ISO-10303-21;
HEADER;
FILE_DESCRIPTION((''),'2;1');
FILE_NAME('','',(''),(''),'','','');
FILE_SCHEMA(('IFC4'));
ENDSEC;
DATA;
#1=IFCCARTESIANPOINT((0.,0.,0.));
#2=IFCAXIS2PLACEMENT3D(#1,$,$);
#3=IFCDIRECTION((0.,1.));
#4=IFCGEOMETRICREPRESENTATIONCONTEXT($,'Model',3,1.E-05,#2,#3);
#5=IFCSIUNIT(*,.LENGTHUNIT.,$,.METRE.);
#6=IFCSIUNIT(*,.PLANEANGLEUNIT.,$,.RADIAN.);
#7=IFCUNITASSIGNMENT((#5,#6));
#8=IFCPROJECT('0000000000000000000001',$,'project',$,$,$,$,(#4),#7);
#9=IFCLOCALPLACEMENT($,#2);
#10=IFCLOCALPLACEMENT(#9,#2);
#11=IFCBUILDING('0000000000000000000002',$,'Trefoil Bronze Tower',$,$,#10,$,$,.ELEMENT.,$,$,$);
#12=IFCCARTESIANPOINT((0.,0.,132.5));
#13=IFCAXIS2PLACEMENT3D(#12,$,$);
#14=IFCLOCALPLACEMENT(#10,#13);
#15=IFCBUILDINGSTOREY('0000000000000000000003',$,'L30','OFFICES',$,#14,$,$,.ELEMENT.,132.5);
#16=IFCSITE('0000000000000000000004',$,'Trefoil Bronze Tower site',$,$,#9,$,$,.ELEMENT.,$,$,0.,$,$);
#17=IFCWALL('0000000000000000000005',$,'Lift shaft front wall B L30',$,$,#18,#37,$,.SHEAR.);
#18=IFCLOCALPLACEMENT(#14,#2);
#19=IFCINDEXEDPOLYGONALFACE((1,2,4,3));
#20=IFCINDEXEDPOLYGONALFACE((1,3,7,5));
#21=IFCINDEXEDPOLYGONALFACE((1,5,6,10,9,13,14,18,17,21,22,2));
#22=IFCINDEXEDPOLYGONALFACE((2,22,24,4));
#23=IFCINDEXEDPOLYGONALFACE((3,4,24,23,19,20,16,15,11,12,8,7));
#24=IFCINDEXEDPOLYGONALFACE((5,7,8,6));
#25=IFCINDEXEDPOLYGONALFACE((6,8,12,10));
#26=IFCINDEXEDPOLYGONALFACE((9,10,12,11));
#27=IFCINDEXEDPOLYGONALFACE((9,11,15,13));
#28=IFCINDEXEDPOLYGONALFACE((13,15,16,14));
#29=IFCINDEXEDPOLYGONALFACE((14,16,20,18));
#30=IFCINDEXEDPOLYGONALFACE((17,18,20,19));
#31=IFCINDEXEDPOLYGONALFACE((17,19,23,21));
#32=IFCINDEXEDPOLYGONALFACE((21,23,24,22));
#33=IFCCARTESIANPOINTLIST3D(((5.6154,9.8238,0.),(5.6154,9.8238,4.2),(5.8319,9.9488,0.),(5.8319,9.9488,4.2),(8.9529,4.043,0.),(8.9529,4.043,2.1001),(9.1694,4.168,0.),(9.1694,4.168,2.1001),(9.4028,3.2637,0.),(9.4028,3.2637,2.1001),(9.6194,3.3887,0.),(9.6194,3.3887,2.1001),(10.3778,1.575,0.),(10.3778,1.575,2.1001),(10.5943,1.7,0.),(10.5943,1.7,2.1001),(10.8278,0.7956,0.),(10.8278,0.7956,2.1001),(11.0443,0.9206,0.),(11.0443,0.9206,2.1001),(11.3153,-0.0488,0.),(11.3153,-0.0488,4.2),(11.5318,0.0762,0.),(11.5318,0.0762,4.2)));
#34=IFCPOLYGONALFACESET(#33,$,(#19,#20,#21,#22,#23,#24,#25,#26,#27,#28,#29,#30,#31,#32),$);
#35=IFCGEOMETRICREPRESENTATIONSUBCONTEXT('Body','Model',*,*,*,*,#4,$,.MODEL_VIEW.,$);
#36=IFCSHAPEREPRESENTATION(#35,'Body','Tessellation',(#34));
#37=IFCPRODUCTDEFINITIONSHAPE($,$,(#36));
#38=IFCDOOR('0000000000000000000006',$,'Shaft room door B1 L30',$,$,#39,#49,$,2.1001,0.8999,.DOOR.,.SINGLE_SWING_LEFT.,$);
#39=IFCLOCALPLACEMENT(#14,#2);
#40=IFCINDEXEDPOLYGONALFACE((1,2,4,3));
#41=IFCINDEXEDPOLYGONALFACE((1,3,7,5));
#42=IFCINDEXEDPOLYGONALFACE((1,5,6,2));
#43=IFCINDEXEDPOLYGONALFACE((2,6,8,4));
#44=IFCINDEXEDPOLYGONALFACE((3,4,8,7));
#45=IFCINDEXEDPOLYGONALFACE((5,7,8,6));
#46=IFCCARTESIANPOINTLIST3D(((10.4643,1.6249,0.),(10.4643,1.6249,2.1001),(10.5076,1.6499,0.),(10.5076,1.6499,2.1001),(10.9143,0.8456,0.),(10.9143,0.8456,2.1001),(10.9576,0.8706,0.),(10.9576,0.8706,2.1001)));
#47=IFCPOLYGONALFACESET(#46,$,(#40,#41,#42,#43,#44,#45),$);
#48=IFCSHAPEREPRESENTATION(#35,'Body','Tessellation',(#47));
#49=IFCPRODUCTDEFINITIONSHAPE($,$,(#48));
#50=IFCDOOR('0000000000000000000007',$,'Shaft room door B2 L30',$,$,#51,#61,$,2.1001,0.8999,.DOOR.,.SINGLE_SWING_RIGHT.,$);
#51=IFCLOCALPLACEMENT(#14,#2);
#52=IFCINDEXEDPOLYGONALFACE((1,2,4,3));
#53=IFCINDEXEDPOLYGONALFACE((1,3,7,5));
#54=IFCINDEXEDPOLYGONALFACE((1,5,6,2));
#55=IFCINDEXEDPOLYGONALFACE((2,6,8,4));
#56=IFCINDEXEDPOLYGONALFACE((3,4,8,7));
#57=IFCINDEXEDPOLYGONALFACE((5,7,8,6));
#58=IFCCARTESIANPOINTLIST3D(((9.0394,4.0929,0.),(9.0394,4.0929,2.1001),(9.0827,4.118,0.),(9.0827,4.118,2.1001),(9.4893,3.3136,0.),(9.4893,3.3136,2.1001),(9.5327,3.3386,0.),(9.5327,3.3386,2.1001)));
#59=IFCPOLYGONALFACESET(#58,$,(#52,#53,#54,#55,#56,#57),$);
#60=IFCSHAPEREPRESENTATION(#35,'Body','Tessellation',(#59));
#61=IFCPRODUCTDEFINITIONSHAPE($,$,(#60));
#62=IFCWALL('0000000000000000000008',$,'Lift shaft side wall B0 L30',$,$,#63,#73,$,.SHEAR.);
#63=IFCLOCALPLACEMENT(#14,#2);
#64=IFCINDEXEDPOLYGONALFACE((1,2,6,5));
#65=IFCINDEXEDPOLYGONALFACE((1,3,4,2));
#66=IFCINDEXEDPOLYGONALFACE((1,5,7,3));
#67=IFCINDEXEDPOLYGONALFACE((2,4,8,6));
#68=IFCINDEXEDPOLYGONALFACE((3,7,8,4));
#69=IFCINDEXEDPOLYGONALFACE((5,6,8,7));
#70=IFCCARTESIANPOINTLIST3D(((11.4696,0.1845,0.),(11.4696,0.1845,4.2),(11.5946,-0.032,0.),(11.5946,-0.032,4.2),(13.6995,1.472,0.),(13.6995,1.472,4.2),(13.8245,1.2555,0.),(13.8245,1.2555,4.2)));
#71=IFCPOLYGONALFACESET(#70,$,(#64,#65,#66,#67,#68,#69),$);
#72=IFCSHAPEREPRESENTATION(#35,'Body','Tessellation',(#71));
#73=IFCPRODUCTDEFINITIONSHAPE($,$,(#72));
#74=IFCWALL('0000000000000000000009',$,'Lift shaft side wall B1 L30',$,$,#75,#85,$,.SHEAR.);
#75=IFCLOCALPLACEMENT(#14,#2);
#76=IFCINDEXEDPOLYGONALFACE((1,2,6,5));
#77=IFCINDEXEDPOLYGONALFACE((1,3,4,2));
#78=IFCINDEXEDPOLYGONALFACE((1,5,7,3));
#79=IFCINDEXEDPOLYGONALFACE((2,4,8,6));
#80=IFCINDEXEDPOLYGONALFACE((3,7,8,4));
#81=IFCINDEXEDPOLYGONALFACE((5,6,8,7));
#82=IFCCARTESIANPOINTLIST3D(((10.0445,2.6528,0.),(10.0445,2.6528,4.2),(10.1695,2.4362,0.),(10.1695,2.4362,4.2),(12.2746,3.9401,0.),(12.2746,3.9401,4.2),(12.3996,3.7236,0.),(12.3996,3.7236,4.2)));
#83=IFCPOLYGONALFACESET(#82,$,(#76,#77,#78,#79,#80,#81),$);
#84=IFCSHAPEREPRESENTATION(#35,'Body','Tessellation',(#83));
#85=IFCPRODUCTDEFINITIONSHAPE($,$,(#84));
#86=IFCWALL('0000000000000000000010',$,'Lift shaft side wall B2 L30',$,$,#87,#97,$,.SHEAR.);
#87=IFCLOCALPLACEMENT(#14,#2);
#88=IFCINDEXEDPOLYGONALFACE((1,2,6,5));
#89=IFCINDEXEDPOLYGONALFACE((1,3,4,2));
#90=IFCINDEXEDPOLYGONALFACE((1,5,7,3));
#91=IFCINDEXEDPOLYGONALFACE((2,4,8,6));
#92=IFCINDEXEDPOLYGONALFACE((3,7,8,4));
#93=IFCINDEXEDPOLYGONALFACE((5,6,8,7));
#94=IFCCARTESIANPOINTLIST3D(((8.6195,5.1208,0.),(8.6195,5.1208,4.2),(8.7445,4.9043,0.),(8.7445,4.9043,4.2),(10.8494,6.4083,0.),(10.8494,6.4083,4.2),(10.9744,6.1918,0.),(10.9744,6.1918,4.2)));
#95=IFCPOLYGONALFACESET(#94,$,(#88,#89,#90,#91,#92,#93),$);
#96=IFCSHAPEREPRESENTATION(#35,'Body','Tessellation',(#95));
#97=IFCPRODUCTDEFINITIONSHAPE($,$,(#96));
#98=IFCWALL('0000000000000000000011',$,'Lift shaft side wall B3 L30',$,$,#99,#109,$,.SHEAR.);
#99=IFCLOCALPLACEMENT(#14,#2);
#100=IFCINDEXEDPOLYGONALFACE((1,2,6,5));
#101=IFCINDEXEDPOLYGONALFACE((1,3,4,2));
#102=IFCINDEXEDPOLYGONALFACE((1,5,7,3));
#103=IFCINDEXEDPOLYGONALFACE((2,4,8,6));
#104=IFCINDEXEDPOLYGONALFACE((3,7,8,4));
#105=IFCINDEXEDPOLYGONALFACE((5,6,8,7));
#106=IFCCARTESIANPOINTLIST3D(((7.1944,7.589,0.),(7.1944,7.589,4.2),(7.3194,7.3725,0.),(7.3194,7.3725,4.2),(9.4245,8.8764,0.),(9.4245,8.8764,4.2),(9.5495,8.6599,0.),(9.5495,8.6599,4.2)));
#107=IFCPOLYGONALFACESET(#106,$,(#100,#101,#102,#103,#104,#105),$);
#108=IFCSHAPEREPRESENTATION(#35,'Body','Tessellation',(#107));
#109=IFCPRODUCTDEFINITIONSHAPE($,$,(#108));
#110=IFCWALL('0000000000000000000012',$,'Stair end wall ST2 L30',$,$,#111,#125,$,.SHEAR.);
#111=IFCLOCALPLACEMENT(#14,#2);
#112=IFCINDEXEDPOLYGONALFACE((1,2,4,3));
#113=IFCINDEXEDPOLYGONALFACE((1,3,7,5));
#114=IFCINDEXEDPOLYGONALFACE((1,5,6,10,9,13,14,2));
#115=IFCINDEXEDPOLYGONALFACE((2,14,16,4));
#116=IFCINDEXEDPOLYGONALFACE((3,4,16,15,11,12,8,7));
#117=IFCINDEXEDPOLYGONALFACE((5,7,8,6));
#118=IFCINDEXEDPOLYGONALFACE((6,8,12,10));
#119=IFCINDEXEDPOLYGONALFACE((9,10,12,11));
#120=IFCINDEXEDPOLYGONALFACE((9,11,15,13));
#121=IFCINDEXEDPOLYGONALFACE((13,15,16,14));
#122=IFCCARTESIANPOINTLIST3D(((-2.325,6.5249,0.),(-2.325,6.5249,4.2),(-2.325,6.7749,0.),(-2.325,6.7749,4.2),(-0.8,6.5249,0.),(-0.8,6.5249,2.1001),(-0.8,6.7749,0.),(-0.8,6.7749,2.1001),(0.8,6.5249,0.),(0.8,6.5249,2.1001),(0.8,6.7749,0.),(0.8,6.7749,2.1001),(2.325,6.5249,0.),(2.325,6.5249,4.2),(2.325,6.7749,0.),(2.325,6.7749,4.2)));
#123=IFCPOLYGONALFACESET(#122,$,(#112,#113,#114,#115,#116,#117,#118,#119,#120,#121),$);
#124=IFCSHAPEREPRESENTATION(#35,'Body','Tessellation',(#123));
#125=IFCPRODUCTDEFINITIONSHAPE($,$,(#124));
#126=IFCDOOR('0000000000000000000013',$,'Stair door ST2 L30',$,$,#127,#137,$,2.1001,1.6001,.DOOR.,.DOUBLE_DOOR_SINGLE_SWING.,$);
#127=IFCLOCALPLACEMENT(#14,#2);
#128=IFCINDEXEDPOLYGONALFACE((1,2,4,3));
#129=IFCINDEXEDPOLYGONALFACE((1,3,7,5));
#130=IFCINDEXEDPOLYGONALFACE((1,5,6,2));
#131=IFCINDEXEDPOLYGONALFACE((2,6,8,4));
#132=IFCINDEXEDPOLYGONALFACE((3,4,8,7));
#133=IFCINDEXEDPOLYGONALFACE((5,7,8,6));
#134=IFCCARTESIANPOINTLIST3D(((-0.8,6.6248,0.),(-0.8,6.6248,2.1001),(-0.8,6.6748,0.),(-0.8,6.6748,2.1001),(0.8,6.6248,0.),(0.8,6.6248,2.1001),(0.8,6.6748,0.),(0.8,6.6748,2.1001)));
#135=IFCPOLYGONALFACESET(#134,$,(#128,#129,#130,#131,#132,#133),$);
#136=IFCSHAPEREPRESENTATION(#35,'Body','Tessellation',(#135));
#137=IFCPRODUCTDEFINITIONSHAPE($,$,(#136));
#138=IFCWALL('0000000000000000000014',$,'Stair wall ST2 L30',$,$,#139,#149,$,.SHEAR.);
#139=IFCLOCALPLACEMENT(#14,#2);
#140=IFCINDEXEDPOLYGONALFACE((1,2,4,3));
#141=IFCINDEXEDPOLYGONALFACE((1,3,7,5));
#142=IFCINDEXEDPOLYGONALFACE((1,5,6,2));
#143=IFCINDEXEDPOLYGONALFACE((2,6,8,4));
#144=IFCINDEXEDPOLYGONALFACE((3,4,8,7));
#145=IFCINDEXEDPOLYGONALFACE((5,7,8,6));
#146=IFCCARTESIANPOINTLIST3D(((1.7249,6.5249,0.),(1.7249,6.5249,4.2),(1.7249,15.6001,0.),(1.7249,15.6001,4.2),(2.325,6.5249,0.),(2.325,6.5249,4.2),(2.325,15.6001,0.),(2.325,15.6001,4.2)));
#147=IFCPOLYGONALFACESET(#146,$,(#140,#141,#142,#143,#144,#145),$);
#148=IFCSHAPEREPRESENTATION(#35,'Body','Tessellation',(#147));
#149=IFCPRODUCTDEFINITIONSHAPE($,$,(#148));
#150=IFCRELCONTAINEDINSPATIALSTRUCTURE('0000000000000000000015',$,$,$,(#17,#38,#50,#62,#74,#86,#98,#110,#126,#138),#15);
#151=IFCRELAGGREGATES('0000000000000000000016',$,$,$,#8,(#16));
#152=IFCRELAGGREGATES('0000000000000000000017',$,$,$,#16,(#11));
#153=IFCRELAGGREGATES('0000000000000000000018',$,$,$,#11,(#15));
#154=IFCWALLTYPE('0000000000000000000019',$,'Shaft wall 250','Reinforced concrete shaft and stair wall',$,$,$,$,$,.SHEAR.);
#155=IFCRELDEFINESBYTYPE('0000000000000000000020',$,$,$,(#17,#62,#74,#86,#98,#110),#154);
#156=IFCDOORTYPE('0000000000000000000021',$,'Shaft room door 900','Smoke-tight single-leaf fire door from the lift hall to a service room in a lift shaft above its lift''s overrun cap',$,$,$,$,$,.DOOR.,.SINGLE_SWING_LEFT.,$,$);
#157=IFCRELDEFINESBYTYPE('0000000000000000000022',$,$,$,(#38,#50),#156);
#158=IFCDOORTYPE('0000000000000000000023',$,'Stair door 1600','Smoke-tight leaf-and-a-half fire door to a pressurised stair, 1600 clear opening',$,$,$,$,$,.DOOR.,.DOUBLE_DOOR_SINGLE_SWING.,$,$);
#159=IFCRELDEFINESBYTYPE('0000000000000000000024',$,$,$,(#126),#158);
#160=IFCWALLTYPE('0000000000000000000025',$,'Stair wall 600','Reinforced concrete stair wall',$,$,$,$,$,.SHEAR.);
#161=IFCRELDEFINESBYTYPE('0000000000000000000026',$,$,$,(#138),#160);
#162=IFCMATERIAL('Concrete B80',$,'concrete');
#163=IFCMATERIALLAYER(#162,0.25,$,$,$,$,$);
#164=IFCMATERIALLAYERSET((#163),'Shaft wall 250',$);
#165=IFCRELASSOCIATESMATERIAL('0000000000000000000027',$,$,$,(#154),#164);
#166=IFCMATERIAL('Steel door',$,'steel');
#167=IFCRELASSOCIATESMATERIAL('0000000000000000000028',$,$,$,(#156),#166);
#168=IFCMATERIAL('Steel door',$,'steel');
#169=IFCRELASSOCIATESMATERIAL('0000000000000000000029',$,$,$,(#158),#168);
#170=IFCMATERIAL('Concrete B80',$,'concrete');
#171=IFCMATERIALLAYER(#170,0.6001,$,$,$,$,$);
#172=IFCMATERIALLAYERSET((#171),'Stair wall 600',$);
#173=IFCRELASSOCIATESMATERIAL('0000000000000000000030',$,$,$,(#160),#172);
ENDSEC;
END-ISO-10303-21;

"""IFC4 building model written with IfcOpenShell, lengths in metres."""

from ifc_helpers import new_model, si_unit, direction, frame, frame_2d, origin, place, context, subcontext, project, spatial, rectangle, extrude, material, layer, layer_set, type_object, element, fill, save


model = new_model("IFC4")

# Units and contexts
model_context = context("Model", 3, precision=1e-05, world=origin(), true_north=direction((0.0, 1.0)))
body_context = subcontext(model_context, "Body", "Model", "MODEL_VIEW")
ifc_project = project(units=[si_unit("LENGTHUNIT", "METRE"), si_unit("PLANEANGLEUNIT", "RADIAN")], contexts=[model_context])

# Site, building, storey
site_placement = place(None, origin())
site = spatial("IfcSite", under=ifc_project, at=site_placement, Name="Trefoil Bronze Tower site", CompositionType="ELEMENT", RefElevation=0.0)
building_placement = place(site_placement, origin())
building = spatial("IfcBuilding", under=site, at=building_placement, Name="Trefoil Bronze Tower", CompositionType="ELEMENT")
storey_placement = place(building_placement, frame((0.0, 0.0, 132.5)))
storey = spatial("IfcBuildingStorey", under=building, at=storey_placement, Name="L30", Description="OFFICES", CompositionType="ELEMENT", Elevation=132.5)

# Wall, openings, doors
ifc_material_1 = material(Name="Concrete B80", Category="concrete")
ifc_layer_1 = layer(ifc_material_1, 0.25)
ifc_layer_set_1 = layer_set([ifc_layer_1], Name="Shaft wall 250")
wall_type_1 = type_object("IfcWallType", Name="Shaft wall 250", Description="Reinforced concrete shaft and stair wall", PredefinedType="SHEAR", material=ifc_layer_set_1)
wall_1_placement = place(storey_placement, frame((11.4236, 0.0137, 0.0), z_axis=(0.0, 0.0, 1.0), x_axis=(-0.500002, 0.866024, 0.0)))
wall_1 = element("IfcWall", 1, at=wall_1_placement, inside=storey, type_object=wall_type_1, Name="Lift shaft front wall B L30", PredefinedType="SHEAR", context=body_context, shape_type="SweptSolid", body=[
    extrude(rectangle(XDim=11.3999, YDim=0.25, at=frame_2d((5.7, 0.0))), origin(), (0.0, 0.0, 1.0), 4.2),
])
opening_1_placement = place(wall_1_placement, frame((0.9751, 0.0, 0.0)))
opening_1 = element("IfcOpeningElement", 2, at=opening_1_placement, cuts=wall_1, PredefinedType="OPENING", context=body_context, shape_type="SweptSolid", body=[
    extrude(rectangle(XDim=0.8999, YDim=2.1001, at=frame_2d((0.45, 1.05))), frame((0.0, 0.135, 0.0), z_axis=(0.0, -1.0, 0.0), x_axis=(1.0, 0.0, 0.0)), (0.0, 0.0, 1.0), 0.27),
])
opening_2_placement = place(wall_1_placement, frame((3.825, 0.0, 0.0)))
opening_2 = element("IfcOpeningElement", 3, at=opening_2_placement, cuts=wall_1, PredefinedType="OPENING", context=body_context, shape_type="SweptSolid", body=[
    extrude(rectangle(XDim=0.8999, YDim=2.1001, at=frame_2d((0.45, 1.05))), frame((0.0, 0.135, 0.0), z_axis=(0.0, -1.0, 0.0), x_axis=(1.0, 0.0, 0.0)), (0.0, 0.0, 1.0), 0.27),
])
ifc_material_2 = material(Name="Steel door", Category="steel")
door_type_1 = type_object("IfcDoorType", Name="Shaft room door 900", Description="Smoke-tight single-leaf fire door from the lift hall to a service room in a lift shaft above its lift's overrun cap", OperationType="SINGLE_SWING_LEFT", PredefinedType="DOOR", material=ifc_material_2)
door_1_placement = place(opening_1_placement, frame((0.8999, 0.0, 0.0), z_axis=(0.0, 0.0, 1.0), x_axis=(-1.0, 0.0, 0.0)))
door_1 = element("IfcDoor", 4, at=door_1_placement, inside=storey, type_object=door_type_1, Name="Shaft room door B1 L30", OperationType="SINGLE_SWING_LEFT", OverallHeight=2.1001, OverallWidth=0.8999, PredefinedType="DOOR", context=body_context, shape_type="SweptSolid", body=[
    extrude(rectangle(XDim=0.8999, YDim=2.1001, at=frame_2d((0.45, 1.05))), frame((0.0, 0.0249, 0.0), z_axis=(0.0, -1.0, 0.0), x_axis=(1.0, 0.0, 0.0)), (0.0, 0.0, 1.0), 0.05),
])
fill(opening_1, door_1)
door_2_placement = place(opening_2_placement, frame((0.8999, 0.0, 0.0), z_axis=(0.0, 0.0, 1.0), x_axis=(-1.0, 0.0, 0.0)))
door_2 = element("IfcDoor", 5, at=door_2_placement, inside=storey, type_object=door_type_1, Name="Shaft room door B2 L30", OperationType="SINGLE_SWING_RIGHT", OverallHeight=2.1001, OverallWidth=0.8999, PredefinedType="DOOR", context=body_context, shape_type="SweptSolid", body=[
    extrude(rectangle(XDim=0.8999, YDim=2.1001, at=frame_2d((0.45, 1.05))), frame((0.0, 0.0249, 0.0), z_axis=(0.0, -1.0, 0.0), x_axis=(1.0, 0.0, 0.0)), (0.0, 0.0, 1.0), 0.05),
])
fill(opening_2, door_2)

# Walls
for number, where, z_axis, x_axis, name in (
    (6, (11.532, 0.0762, 0.0), (0.0, 0.0, 1.0), (0.866006, 0.500034, 0.0), "Lift shaft side wall B0 L30"),
    (7, (10.1069, 2.5444, 0.0), (0.0, 0.0, 1.0), (0.866047, 0.499963, 0.0), "Lift shaft side wall B1 L30"),
    (8, (8.6819, 5.0125, 0.0), (0.0, 0.0, 1.0), (0.866006, 0.500034, 0.0), "Lift shaft side wall B2 L30"),
    (9, (7.2568, 7.4807, 0.0), (0.0, 0.0, 1.0), (0.866047, 0.499963, 0.0), "Lift shaft side wall B3 L30"),
):
    element("IfcWall", number, at=place(storey_placement, frame(where, z_axis=z_axis, x_axis=x_axis)), inside=storey, type_object=wall_type_1, Name=name, PredefinedType="SHEAR", context=body_context, shape_type="SweptSolid", body=[
        extrude(rectangle(XDim=2.575, YDim=0.25, at=frame_2d((1.2876, 0.0))), origin(), (0.0, 0.0, 1.0), 4.2),
    ])

# Wall, opening, door
wall_2_placement = place(storey_placement, frame((2.325, 6.6499, 0.0), z_axis=(0.0, 0.0, 1.0), x_axis=(-1.0, 0.0, 0.0)))
wall_2 = element("IfcWall", 10, at=wall_2_placement, inside=storey, type_object=wall_type_1, Name="Stair end wall ST2 L30", PredefinedType="SHEAR", context=body_context, shape_type="SweptSolid", body=[
    extrude(rectangle(XDim=4.6499, YDim=0.25, at=frame_2d((2.325, 0.0))), origin(), (0.0, 0.0, 1.0), 4.2),
])
opening_3_placement = place(wall_2_placement, frame((1.5249, 0.0, 0.0)))
opening_3 = element("IfcOpeningElement", 11, at=opening_3_placement, cuts=wall_2, PredefinedType="OPENING", context=body_context, shape_type="SweptSolid", body=[
    extrude(rectangle(XDim=1.6001, YDim=2.1001, at=frame_2d((0.8, 1.05))), frame((0.0, 0.135, 0.0), z_axis=(0.0, -1.0, 0.0), x_axis=(1.0, 0.0, 0.0)), (0.0, 0.0, 1.0), 0.27),
])
ifc_material_3 = material(Name="Steel door", Category="steel")
door_type_2 = type_object("IfcDoorType", Name="Stair door 1600", Description="Smoke-tight leaf-and-a-half fire door to a pressurised stair, 1600 clear opening", OperationType="DOUBLE_DOOR_SINGLE_SWING", PredefinedType="DOOR", material=ifc_material_3)
door_3_placement = place(opening_3_placement, frame((1.6001, 0.0, 0.0), z_axis=(0.0, 0.0, 1.0), x_axis=(-1.0, 0.0, 0.0)))
door_3 = element("IfcDoor", 12, at=door_3_placement, inside=storey, type_object=door_type_2, Name="Stair door ST2 L30", OperationType="DOUBLE_DOOR_SINGLE_SWING", OverallHeight=2.1001, OverallWidth=1.6001, PredefinedType="DOOR", context=body_context, shape_type="SweptSolid", body=[
    extrude(rectangle(XDim=1.6001, YDim=2.1001, at=frame_2d((0.8, 1.05))), frame((0.0, 0.0249, 0.0), z_axis=(0.0, -1.0, 0.0), x_axis=(1.0, 0.0, 0.0)), (0.0, 0.0, 1.0), 0.05),
])
fill(opening_3, door_3)

# Wall
ifc_material_4 = material(Name="Concrete B80", Category="concrete")
ifc_layer_2 = layer(ifc_material_4, 0.6001)
ifc_layer_set_2 = layer_set([ifc_layer_2], Name="Stair wall 600")
wall_type_2 = type_object("IfcWallType", Name="Stair wall 600", Description="Reinforced concrete stair wall", PredefinedType="SHEAR", material=ifc_layer_set_2)
wall_3_placement = place(storey_placement, frame((2.0249, 6.5249, 0.0), z_axis=(0.0, 0.0, 1.0), x_axis=(0.0, 1.0, 0.0)))
element("IfcWall", 13, at=wall_3_placement, inside=storey, type_object=wall_type_2, Name="Stair wall ST2 L30", PredefinedType="SHEAR", context=body_context, shape_type="SweptSolid", body=[
    extrude(rectangle(XDim=9.0752, YDim=0.6001, at=frame_2d((4.5376, 0.0))), origin(), (0.0, 0.0, 1.0), 4.2),
])

save(model, "model.ifc")
